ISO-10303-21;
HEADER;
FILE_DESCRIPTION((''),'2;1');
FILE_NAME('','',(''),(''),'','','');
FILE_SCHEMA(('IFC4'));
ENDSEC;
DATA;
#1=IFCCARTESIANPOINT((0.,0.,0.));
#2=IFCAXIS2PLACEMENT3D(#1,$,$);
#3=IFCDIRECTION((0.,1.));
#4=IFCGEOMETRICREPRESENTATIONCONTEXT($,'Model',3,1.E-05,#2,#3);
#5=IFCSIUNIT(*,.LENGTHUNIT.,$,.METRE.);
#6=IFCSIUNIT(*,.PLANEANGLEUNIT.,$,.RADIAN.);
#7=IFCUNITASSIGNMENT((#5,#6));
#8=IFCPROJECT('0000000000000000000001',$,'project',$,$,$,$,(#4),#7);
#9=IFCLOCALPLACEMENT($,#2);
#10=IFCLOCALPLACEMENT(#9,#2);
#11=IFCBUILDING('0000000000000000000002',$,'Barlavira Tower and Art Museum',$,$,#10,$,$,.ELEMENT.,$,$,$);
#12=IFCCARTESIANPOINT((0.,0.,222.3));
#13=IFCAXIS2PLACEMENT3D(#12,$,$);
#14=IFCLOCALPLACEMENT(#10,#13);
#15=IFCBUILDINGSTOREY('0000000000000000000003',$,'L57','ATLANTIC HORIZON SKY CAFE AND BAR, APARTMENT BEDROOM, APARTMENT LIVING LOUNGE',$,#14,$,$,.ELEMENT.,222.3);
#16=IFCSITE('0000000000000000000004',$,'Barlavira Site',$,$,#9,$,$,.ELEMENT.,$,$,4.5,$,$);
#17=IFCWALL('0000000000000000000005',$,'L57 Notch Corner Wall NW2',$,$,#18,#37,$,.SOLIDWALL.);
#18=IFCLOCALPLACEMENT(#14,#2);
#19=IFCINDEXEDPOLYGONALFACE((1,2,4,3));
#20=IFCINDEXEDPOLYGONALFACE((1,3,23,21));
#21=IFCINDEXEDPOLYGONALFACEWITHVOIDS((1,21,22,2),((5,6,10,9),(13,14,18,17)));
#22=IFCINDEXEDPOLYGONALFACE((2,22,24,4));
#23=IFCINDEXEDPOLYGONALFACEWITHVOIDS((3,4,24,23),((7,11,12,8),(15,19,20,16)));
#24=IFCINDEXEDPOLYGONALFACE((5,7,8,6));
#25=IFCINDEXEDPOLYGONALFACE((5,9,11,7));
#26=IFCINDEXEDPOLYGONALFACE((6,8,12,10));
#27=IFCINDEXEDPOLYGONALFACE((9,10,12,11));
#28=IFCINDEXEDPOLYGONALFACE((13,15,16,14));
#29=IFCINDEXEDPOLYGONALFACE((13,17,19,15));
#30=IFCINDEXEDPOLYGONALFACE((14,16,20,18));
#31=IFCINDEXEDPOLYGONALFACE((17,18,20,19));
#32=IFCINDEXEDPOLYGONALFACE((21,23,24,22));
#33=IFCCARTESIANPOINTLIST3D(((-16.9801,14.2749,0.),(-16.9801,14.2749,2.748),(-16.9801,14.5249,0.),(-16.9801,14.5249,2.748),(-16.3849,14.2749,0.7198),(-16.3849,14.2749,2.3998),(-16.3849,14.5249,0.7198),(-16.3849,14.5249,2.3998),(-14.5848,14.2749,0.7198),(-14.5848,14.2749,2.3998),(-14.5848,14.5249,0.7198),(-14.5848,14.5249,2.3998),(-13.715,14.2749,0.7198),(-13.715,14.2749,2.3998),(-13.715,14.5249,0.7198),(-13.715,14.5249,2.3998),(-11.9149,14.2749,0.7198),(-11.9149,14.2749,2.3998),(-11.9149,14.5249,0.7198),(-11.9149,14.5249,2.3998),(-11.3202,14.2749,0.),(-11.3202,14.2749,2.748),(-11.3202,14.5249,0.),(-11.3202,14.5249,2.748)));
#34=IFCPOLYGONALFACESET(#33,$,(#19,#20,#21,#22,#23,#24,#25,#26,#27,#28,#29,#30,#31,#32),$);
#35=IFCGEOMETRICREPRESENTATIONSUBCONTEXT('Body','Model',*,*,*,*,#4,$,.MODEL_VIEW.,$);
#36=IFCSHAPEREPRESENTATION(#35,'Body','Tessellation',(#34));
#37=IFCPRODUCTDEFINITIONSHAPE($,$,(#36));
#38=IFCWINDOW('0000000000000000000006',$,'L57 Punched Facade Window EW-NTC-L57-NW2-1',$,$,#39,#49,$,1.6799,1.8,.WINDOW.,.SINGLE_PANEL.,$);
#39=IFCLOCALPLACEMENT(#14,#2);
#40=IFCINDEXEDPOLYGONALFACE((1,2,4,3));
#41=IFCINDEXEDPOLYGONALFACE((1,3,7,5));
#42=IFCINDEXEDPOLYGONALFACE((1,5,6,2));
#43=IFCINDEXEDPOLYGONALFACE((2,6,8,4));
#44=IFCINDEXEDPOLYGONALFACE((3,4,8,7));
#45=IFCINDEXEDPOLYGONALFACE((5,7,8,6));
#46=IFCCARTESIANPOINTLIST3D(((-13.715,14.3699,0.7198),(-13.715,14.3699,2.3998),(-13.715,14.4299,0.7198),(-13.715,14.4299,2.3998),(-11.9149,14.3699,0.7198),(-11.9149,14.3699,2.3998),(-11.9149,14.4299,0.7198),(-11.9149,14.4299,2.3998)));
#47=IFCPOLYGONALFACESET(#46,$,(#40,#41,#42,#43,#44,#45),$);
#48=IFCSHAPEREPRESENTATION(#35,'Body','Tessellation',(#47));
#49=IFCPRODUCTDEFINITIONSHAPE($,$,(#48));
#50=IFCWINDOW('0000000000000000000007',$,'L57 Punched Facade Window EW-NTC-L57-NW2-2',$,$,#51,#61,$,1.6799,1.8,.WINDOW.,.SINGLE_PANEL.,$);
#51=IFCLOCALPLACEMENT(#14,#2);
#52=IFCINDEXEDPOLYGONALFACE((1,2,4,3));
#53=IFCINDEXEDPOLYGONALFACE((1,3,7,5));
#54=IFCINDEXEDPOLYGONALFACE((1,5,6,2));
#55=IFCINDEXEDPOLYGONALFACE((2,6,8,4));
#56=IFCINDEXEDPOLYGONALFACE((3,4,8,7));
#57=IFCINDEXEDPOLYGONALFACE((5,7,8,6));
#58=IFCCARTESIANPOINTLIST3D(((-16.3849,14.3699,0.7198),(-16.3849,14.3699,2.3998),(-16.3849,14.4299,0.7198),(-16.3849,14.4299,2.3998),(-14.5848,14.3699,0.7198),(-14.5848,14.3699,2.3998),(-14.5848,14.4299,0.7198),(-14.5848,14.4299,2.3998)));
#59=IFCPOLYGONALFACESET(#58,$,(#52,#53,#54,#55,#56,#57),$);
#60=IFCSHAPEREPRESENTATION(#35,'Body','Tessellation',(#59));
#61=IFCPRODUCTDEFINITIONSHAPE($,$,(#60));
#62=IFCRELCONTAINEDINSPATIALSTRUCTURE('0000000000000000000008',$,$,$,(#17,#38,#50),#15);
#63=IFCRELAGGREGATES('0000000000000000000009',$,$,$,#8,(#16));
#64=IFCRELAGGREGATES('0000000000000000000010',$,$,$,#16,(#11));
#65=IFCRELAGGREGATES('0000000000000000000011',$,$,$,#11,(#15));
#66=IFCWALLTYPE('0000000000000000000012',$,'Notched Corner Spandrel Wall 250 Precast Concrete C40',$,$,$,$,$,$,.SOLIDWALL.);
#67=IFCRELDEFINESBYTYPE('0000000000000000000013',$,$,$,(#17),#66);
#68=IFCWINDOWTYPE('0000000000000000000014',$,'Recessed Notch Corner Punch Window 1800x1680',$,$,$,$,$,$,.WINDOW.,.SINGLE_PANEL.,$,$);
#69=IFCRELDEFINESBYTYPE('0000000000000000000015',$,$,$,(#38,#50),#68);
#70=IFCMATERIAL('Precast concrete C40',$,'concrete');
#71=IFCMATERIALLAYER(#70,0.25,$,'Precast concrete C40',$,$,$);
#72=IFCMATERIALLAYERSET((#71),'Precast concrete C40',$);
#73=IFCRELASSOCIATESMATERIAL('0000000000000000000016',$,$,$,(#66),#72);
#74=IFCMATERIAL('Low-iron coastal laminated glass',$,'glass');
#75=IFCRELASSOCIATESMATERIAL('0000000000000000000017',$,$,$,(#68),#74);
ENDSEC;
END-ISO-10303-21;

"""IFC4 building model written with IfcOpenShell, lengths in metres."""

from ifc_helpers import new_model, si_unit, direction, frame, frame_2d, origin, place, context, subcontext, project, spatial, rectangle, extrude, material, layer, layer_set, type_object, element, fill, save


model = new_model("IFC4")

# Units and contexts
model_context = context("Model", 3, precision=1e-05, world=origin(), true_north=direction((0.0, 1.0)))
body_context = subcontext(model_context, "Body", "Model", "MODEL_VIEW")
ifc_project = project(units=[si_unit("LENGTHUNIT", "METRE"), si_unit("PLANEANGLEUNIT", "RADIAN")], contexts=[model_context])

# Site, building, storey
site_placement = place(None, origin())
site = spatial("IfcSite", under=ifc_project, at=site_placement, Name="Barlavira Site", CompositionType="ELEMENT", RefElevation=4.5)
building_placement = place(site_placement, origin())
building = spatial("IfcBuilding", under=site, at=building_placement, Name="Barlavira Tower and Art Museum", CompositionType="ELEMENT")
storey_placement = place(building_placement, frame((0.0, 0.0, 222.3)))
storey = spatial("IfcBuildingStorey", under=building, at=storey_placement, Name="L57", Description="ATLANTIC HORIZON SKY CAFE AND BAR, APARTMENT BEDROOM, APARTMENT LIVING LOUNGE", CompositionType="ELEMENT", Elevation=222.3)

# Shared definitions
ifc_material_1 = material(Name="Precast concrete C40", Category="concrete")
ifc_layer_1 = layer(ifc_material_1, 0.25, Name="Precast concrete C40")
ifc_layer_set_1 = layer_set([ifc_layer_1], Name="Precast concrete C40")
wall_type_1 = type_object("IfcWallType", Name="Notched Corner Spandrel Wall 250 Precast Concrete C40", PredefinedType="SOLIDWALL", material=ifc_layer_set_1)
ifc_material_2 = material(Name="Low-iron coastal laminated glass", Category="glass")
window_type = type_object("IfcWindowType", Name="Recessed Notch Corner Punch Window 1800x1680", PartitioningType="SINGLE_PANEL", PredefinedType="WINDOW", material=ifc_material_2)

# Wall, openings, windows
wall_1_placement = place(storey_placement, frame((-11.3201, 14.3999, 0.0), z_axis=(0.0, 0.0, 1.0), x_axis=(-1.0, 0.0, 0.0)))
wall_1 = element("IfcWall", 1, at=wall_1_placement, inside=storey, type_object=wall_type_1, Name="L57 Notch Corner Wall NW2", PredefinedType="SOLIDWALL", context=body_context, shape_type="SweptSolid", body=[
    extrude(rectangle(XDim=5.6599, YDim=0.25, at=frame_2d((2.8301, 0.0))), origin(), (0.0, 0.0, 1.0), 2.748),
])
opening_1_placement = place(wall_1_placement, frame((0.595, 0.0, 0.72)))
opening_1 = element("IfcOpeningElement", 2, at=opening_1_placement, cuts=wall_1, PredefinedType="OPENING", context=body_context, shape_type="SweptSolid", body=[
    extrude(rectangle(XDim=1.8, YDim=1.6799, at=frame_2d((0.8999, 0.8398))), frame((0.0, 0.135, 0.0), z_axis=(0.0, -1.0, 0.0), x_axis=(1.0, 0.0, 0.0)), (0.0, 0.0, 1.0), 0.27),
])
opening_2_placement = place(wall_1_placement, frame((3.2649, 0.0, 0.72)))
opening_2 = element("IfcOpeningElement", 3, at=opening_2_placement, cuts=wall_1, PredefinedType="OPENING", context=body_context, shape_type="SweptSolid", body=[
    extrude(rectangle(XDim=1.8, YDim=1.6799, at=frame_2d((0.8999, 0.8398))), frame((0.0, 0.135, 0.0), z_axis=(0.0, -1.0, 0.0), x_axis=(1.0, 0.0, 0.0)), (0.0, 0.0, 1.0), 0.27),
])
window_1_placement = place(opening_1_placement, origin())
window_1 = element("IfcWindow", 4, at=window_1_placement, inside=storey, type_object=window_type, Name="L57 Punched Facade Window EW-NTC-L57-NW2-1", OverallHeight=1.6799, OverallWidth=1.8, PartitioningType="SINGLE_PANEL", PredefinedType="WINDOW", context=body_context, shape_type="SweptSolid", body=[
    extrude(rectangle(XDim=1.8, YDim=1.6799, at=frame_2d((0.8999, 0.8398))), frame((0.0, 0.03, 0.0), z_axis=(0.0, -1.0, 0.0), x_axis=(1.0, 0.0, 0.0)), (0.0, 0.0, 1.0), 0.0601),
])
fill(opening_1, window_1)
window_2_placement = place(opening_2_placement, origin())
window_2 = element("IfcWindow", 5, at=window_2_placement, inside=storey, type_object=window_type, Name="L57 Punched Facade Window EW-NTC-L57-NW2-2", OverallHeight=1.6799, OverallWidth=1.8, PartitioningType="SINGLE_PANEL", PredefinedType="WINDOW", context=body_context, shape_type="SweptSolid", body=[
    extrude(rectangle(XDim=1.8, YDim=1.6799, at=frame_2d((0.8999, 0.8398))), frame((0.0, 0.03, 0.0), z_axis=(0.0, -1.0, 0.0), x_axis=(1.0, 0.0, 0.0)), (0.0, 0.0, 1.0), 0.0601),
])
fill(opening_2, window_2)

save(model, "model.ifc")
